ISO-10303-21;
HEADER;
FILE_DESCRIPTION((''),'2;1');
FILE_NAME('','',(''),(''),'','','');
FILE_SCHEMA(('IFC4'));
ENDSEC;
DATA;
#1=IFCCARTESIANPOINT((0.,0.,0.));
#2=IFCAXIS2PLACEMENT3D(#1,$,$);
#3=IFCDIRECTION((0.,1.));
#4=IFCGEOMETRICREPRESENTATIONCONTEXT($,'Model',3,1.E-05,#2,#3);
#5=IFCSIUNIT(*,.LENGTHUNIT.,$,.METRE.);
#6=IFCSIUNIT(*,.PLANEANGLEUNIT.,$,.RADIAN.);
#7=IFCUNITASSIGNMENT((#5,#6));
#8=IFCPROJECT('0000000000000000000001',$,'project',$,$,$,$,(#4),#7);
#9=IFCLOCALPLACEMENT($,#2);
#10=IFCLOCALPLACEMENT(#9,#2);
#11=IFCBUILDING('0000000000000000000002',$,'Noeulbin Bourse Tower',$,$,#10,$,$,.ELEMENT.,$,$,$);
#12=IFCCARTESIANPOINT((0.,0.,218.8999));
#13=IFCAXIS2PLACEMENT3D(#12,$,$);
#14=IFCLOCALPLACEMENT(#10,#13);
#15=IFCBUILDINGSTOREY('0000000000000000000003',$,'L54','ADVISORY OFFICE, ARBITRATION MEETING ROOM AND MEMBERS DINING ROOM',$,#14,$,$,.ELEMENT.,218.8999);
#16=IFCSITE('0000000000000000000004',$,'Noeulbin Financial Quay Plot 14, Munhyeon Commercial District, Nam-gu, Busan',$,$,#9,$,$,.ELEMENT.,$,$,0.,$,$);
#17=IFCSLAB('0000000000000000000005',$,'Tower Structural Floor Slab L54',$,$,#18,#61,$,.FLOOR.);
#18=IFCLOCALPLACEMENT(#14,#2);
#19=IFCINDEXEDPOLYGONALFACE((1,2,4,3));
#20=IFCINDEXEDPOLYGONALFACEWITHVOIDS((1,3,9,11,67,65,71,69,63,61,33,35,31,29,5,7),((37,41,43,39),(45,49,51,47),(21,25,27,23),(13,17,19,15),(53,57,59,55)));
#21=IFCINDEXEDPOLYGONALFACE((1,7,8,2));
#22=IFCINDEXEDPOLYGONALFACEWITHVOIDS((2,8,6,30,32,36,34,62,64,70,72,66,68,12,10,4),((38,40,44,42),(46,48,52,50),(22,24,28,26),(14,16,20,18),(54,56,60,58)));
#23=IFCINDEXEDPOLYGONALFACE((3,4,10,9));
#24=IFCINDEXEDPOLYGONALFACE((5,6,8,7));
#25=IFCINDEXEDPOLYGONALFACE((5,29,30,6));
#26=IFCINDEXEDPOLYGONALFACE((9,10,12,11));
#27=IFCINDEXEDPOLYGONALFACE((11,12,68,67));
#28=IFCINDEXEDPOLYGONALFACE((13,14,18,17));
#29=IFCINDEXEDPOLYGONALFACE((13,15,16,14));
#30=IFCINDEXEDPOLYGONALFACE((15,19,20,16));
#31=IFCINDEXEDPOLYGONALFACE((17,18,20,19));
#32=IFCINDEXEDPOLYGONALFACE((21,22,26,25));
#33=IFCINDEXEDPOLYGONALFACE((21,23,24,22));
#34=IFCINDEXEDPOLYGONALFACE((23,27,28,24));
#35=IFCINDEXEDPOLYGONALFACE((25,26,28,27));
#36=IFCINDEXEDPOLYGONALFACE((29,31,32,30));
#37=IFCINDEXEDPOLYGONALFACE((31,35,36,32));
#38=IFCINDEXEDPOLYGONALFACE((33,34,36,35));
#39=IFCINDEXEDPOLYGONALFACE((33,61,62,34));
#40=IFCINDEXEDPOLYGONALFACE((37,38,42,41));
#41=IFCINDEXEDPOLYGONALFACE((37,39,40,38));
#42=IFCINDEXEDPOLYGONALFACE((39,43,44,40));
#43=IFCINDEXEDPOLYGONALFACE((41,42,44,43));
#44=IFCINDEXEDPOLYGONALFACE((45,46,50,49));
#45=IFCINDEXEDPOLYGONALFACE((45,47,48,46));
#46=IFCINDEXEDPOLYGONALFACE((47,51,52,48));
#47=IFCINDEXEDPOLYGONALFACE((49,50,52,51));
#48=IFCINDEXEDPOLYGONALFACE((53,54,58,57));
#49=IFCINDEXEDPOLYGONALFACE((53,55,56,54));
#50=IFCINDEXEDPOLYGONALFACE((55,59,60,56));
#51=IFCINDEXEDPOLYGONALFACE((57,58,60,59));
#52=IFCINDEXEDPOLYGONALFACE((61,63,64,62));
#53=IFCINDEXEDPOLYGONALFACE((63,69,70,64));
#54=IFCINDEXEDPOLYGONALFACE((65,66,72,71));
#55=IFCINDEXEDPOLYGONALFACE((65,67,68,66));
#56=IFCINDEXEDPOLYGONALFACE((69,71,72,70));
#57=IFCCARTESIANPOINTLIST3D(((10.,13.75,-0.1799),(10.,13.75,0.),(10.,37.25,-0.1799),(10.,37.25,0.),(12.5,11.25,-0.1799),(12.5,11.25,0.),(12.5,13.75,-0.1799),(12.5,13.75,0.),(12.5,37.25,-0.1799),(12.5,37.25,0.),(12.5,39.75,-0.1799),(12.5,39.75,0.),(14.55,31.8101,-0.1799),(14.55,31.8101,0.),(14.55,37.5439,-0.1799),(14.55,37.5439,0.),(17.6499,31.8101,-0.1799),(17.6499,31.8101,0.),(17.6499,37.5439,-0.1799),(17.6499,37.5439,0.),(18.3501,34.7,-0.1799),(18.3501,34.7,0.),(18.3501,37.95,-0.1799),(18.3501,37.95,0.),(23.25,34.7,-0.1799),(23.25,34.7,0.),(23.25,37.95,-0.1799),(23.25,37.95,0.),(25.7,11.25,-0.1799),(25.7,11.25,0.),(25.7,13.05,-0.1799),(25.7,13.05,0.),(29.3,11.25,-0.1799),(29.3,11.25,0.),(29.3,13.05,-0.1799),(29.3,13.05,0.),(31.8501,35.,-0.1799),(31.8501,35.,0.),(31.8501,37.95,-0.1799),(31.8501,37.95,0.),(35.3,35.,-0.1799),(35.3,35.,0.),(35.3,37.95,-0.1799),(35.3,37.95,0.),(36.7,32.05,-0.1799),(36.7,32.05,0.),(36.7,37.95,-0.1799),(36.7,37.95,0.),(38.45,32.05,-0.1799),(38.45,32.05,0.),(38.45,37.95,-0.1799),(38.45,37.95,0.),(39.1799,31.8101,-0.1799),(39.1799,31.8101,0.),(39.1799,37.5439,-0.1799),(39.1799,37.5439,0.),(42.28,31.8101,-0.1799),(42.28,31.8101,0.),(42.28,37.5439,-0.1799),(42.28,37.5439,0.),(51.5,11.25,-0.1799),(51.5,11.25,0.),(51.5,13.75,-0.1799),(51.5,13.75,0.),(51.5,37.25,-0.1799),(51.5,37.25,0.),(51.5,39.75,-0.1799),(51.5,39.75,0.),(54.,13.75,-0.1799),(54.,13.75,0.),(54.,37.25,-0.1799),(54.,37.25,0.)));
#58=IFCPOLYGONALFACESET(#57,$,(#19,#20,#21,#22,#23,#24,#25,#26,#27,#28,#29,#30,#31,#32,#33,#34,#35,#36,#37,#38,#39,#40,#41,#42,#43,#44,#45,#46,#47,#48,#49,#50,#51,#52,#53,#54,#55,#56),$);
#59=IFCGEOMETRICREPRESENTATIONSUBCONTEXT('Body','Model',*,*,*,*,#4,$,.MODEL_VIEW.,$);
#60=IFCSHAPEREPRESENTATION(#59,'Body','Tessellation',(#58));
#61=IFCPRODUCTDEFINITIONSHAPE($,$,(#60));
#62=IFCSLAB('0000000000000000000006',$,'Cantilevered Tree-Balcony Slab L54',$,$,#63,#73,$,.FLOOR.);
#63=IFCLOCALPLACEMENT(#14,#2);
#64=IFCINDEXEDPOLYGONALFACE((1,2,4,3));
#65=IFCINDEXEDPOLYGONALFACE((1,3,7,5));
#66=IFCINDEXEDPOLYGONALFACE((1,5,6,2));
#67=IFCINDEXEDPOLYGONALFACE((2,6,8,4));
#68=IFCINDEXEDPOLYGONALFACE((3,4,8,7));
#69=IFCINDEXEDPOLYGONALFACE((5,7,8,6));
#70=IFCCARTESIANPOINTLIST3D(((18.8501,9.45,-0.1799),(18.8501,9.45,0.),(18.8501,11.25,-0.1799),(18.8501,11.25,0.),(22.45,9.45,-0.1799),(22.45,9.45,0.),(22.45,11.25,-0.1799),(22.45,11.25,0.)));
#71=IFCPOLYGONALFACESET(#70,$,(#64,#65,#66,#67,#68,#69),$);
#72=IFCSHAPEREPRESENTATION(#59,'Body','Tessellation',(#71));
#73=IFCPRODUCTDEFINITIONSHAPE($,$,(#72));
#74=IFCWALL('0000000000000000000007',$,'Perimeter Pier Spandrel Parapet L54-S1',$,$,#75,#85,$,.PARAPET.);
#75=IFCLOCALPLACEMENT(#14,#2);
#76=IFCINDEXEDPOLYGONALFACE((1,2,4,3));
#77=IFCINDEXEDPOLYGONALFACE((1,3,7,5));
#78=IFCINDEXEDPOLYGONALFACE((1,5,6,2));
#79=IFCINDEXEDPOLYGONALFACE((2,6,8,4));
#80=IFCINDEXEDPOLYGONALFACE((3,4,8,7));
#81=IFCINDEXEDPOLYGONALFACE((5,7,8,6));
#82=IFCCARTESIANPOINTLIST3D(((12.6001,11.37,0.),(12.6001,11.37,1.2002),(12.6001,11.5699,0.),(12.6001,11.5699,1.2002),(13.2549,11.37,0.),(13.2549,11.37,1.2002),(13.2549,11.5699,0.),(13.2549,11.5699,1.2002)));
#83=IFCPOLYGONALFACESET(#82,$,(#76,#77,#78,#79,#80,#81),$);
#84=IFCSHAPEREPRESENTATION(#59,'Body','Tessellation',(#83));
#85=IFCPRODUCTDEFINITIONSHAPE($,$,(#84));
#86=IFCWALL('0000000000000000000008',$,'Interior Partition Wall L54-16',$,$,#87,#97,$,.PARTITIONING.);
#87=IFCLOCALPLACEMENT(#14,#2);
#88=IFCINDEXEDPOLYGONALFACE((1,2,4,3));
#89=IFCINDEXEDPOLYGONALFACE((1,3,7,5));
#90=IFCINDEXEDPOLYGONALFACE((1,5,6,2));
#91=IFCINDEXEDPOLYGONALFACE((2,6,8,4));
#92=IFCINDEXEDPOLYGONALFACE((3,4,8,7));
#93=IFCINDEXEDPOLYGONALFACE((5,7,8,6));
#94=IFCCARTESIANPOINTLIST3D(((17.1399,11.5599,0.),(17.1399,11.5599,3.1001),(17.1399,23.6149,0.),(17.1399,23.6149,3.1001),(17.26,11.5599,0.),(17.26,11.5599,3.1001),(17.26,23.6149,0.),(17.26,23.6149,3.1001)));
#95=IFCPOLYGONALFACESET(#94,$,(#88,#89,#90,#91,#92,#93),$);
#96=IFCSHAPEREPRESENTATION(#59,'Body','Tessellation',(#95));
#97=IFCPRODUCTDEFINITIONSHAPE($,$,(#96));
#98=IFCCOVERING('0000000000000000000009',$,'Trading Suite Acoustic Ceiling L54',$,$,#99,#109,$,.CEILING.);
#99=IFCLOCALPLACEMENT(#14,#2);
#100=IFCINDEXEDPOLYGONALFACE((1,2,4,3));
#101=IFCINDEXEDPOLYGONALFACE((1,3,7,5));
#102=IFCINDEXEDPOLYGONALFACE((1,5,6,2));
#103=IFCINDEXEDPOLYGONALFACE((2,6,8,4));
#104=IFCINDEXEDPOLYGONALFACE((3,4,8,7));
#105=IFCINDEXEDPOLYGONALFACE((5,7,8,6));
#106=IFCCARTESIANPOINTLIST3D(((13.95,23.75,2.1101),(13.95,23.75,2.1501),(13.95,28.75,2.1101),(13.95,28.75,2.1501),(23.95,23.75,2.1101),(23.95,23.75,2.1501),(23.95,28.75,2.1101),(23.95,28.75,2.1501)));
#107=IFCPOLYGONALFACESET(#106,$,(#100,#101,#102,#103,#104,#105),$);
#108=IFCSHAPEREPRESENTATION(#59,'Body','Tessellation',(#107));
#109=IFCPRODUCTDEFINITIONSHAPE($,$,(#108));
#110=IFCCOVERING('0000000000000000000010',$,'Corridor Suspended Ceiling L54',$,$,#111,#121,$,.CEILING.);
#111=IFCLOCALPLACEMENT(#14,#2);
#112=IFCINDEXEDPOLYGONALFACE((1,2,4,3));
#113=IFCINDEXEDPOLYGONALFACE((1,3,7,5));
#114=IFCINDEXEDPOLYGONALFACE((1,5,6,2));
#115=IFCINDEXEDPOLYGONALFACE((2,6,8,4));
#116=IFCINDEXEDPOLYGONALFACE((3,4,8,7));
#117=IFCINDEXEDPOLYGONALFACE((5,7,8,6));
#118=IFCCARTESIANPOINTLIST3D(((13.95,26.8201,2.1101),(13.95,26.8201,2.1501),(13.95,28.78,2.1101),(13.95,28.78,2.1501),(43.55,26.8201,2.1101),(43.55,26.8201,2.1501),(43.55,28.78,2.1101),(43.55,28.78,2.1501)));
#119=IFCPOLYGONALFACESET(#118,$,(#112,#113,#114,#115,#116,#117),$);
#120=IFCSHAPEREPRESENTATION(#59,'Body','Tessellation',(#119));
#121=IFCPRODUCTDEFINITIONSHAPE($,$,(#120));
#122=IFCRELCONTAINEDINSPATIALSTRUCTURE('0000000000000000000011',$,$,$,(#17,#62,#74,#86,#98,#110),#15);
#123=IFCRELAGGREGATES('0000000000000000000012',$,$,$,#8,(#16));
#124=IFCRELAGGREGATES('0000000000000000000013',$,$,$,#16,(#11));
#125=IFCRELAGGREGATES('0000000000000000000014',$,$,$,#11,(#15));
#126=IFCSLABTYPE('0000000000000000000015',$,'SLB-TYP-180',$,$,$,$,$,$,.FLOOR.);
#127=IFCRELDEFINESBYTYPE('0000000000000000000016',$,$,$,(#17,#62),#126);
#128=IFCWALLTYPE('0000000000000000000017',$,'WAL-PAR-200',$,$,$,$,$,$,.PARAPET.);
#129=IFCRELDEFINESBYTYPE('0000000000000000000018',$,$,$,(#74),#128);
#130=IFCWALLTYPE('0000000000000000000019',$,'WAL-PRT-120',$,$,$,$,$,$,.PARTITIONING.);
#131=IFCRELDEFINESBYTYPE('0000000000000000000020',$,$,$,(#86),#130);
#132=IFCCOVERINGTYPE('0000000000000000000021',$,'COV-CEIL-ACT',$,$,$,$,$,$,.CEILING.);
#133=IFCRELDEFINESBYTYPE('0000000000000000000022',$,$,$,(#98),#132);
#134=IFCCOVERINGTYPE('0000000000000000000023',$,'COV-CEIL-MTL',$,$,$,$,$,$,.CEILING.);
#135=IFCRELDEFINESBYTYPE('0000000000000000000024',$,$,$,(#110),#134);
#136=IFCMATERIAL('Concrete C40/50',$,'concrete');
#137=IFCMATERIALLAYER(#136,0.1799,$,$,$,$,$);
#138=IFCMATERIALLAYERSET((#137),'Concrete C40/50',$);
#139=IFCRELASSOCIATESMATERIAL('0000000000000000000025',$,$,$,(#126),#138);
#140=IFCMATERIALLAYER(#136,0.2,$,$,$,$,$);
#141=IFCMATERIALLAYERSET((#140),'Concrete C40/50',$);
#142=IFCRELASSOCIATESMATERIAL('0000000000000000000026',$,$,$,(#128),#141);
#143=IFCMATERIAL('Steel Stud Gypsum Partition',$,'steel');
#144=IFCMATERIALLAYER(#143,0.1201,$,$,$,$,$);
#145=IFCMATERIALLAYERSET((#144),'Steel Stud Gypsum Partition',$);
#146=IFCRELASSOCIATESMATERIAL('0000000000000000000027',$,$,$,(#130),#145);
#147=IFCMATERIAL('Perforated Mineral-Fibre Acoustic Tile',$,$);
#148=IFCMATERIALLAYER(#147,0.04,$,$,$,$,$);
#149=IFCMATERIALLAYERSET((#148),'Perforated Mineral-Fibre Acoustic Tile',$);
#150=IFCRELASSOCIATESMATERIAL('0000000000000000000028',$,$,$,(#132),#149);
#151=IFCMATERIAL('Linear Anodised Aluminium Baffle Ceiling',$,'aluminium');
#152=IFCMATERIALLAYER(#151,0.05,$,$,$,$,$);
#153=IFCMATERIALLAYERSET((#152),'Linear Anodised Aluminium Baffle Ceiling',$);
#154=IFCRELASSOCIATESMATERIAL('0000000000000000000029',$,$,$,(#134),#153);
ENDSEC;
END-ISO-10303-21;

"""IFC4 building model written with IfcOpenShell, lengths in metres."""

from ifc_helpers import new_model, si_unit, direction, frame, frame_2d, origin, place, context, subcontext, project, spatial, polyline, rectangle, outline, extrude, material, layer, layer_set, type_object, element, save


model = new_model("IFC4")

# Units and contexts
model_context = context("Model", 3, precision=1e-05, world=origin(), true_north=direction((0.0, 1.0)))
body_context = subcontext(model_context, "Body", "Model", "MODEL_VIEW")
ifc_project = project(units=[si_unit("LENGTHUNIT", "METRE"), si_unit("PLANEANGLEUNIT", "RADIAN")], contexts=[model_context])

# Site, building, storey
site_placement = place(None, origin())
site = spatial("IfcSite", under=ifc_project, at=site_placement, Name="Noeulbin Financial Quay Plot 14, Munhyeon Commercial District, Nam-gu, Busan", CompositionType="ELEMENT", RefElevation=0.0)
building_placement = place(site_placement, origin())
building = spatial("IfcBuilding", under=site, at=building_placement, Name="Noeulbin Bourse Tower", CompositionType="ELEMENT")
storey_placement = place(building_placement, frame((0.0, 0.0, 218.8999)))
storey = spatial("IfcBuildingStorey", under=building, at=storey_placement, Name="L54", Description="ADVISORY OFFICE, ARBITRATION MEETING ROOM AND MEMBERS DINING ROOM", CompositionType="ELEMENT", Elevation=218.8999)

# Shared definitions
ifc_material_1 = material(Name="Concrete C40/50", Category="concrete")

# Slab, openings
ifc_layer_1 = layer(ifc_material_1, 0.1799)
ifc_layer_set_1 = layer_set([ifc_layer_1], Name="Concrete C40/50")
slab_type_1 = type_object("IfcSlabType", Name="SLB-TYP-180", PredefinedType="FLOOR", material=ifc_layer_set_1)
slab_1_placement = place(storey_placement, frame((0.0, 0.0, -0.1799)))
slab_1 = element("IfcSlab", 1, at=slab_1_placement, inside=storey, type_object=slab_type_1, Name="Tower Structural Floor Slab L54", PredefinedType="FLOOR", context=body_context, shape_type="SweptSolid", body=[
    extrude(outline(polyline([(12.5, 11.25), (25.7, 11.25), (25.7, 13.05), (29.3, 13.05), (29.3, 11.25), (51.5, 11.25), (51.5, 13.75), (54.0, 13.75), (54.0, 37.25), (51.5, 37.25), (51.5, 39.75), (12.5, 39.75), (12.5, 37.25), (10.0, 37.25), (10.0, 13.75), (12.5, 13.75), (12.5, 11.25)]), holes=[polyline([(17.6499, 31.8101), (17.6499, 37.5439), (14.55, 37.5439), (14.55, 31.8101), (17.6499, 31.8101)]), polyline([(42.28, 31.8101), (42.28, 37.5439), (39.1799, 37.5439), (39.1799, 31.8101), (42.28, 31.8101)]), polyline([(18.3501, 34.7), (23.25, 34.7), (23.25, 37.95), (18.3501, 37.95), (18.3501, 34.7)]), polyline([(36.7, 32.05), (38.45, 32.05), (38.45, 37.95), (36.7, 37.95), (36.7, 32.05)]), polyline([(31.8501, 35.0), (35.3, 35.0), (35.3, 37.95), (31.8501, 37.95), (31.8501, 35.0)])]), origin(), (0.0, 0.0, 1.0), 0.1799),
])
opening_1_placement = place(slab_1_placement, frame((0.0, 0.0, -0.01)))
element("IfcOpeningElement", 2, at=opening_1_placement, cuts=slab_1, PredefinedType="OPENING", context=body_context, shape_type="SweptSolid", body=[
    extrude(outline(polyline([(17.6499, 31.8101), (17.6499, 37.5439), (14.55, 37.5439), (14.55, 31.8101), (17.6499, 31.8101)])), origin(), (0.0, 0.0, 1.0), 0.2),
])
opening_2_placement = place(slab_1_placement, frame((0.0, 0.0, -0.01)))
element("IfcOpeningElement", 3, at=opening_2_placement, cuts=slab_1, PredefinedType="OPENING", context=body_context, shape_type="SweptSolid", body=[
    extrude(outline(polyline([(42.28, 31.8101), (42.28, 37.5439), (39.1799, 37.5439), (39.1799, 31.8101), (42.28, 31.8101)])), origin(), (0.0, 0.0, 1.0), 0.2),
])
opening_3_placement = place(slab_1_placement, frame((0.0, 0.0, -0.01)))
element("IfcOpeningElement", 4, at=opening_3_placement, cuts=slab_1, PredefinedType="OPENING", context=body_context, shape_type="SweptSolid", body=[
    extrude(outline(polyline([(18.3501, 34.7), (23.25, 34.7), (23.25, 37.95), (18.3501, 37.95), (18.3501, 34.7)])), origin(), (0.0, 0.0, 1.0), 0.2),
])
opening_4_placement = place(slab_1_placement, frame((0.0, 0.0, -0.01)))
element("IfcOpeningElement", 5, at=opening_4_placement, cuts=slab_1, PredefinedType="OPENING", context=body_context, shape_type="SweptSolid", body=[
    extrude(outline(polyline([(36.7, 32.05), (38.45, 32.05), (38.45, 37.95), (36.7, 37.95), (36.7, 32.05)])), origin(), (0.0, 0.0, 1.0), 0.2),
])
opening_5_placement = place(slab_1_placement, frame((0.0, 0.0, -0.01)))
element("IfcOpeningElement", 6, at=opening_5_placement, cuts=slab_1, PredefinedType="OPENING", context=body_context, shape_type="SweptSolid", body=[
    extrude(outline(polyline([(31.8501, 35.0), (35.3, 35.0), (35.3, 37.95), (31.8501, 37.95), (31.8501, 35.0)])), origin(), (0.0, 0.0, 1.0), 0.2),
])

# Slab
slab_2_placement = place(storey_placement, frame((0.0, 0.0, -0.1799)))
element("IfcSlab", 7, at=slab_2_placement, inside=storey, type_object=slab_type_1, Name="Cantilevered Tree-Balcony Slab L54", PredefinedType="FLOOR", context=body_context, shape_type="SweptSolid", body=[
    extrude(outline(polyline([(18.8501, 9.45), (22.45, 9.45), (22.45, 11.25), (18.8501, 11.25), (18.8501, 9.45)])), origin(), (0.0, 0.0, 1.0), 0.1799),
])

# Walls
ifc_layer_2 = layer(ifc_material_1, 0.2)
ifc_layer_set_2 = layer_set([ifc_layer_2], Name="Concrete C40/50")
wall_type_1 = type_object("IfcWallType", Name="WAL-PAR-200", PredefinedType="PARAPET", material=ifc_layer_set_2)
wall_1_placement = place(storey_placement, frame((12.6001, 11.47, 0.0), z_axis=(0.0, 0.0, 1.0), x_axis=(1.0, 0.0, 0.0)))
element("IfcWall", 8, at=wall_1_placement, inside=storey, type_object=wall_type_1, Name="Perimeter Pier Spandrel Parapet L54-S1", PredefinedType="PARAPET", context=body_context, shape_type="SweptSolid", body=[
    extrude(rectangle(XDim=0.6548, YDim=0.2, at=frame_2d((0.3274, 0.0))), origin(), (0.0, 0.0, 1.0), 1.2002),
])
ifc_material_2 = material(Name="Steel Stud Gypsum Partition", Category="steel")
ifc_layer_3 = layer(ifc_material_2, 0.1201)
ifc_layer_set_3 = layer_set([ifc_layer_3], Name="Steel Stud Gypsum Partition")
wall_type_2 = type_object("IfcWallType", Name="WAL-PRT-120", PredefinedType="PARTITIONING", material=ifc_layer_set_3)
wall_2_placement = place(storey_placement, frame((17.2, 11.5601, 0.0), z_axis=(0.0, 0.0, 1.0), x_axis=(0.0, 1.0, 0.0)))
element("IfcWall", 9, at=wall_2_placement, inside=storey, type_object=wall_type_2, Name="Interior Partition Wall L54-16", PredefinedType="PARTITIONING", context=body_context, shape_type="SweptSolid", body=[
    extrude(rectangle(XDim=12.0549, YDim=0.1201, at=frame_2d((6.0273, 0.0))), origin(), (0.0, 0.0, 1.0), 3.1001),
])

# Coverings
ifc_material_3 = material(Name="Perforated Mineral-Fibre Acoustic Tile")
ifc_layer_4 = layer(ifc_material_3, 0.04)
ifc_layer_set_4 = layer_set([ifc_layer_4], Name="Perforated Mineral-Fibre Acoustic Tile")
covering_type_1 = type_object("IfcCoveringType", Name="COV-CEIL-ACT", PredefinedType="CEILING", material=ifc_layer_set_4)
covering_1_placement = place(storey_placement, frame((0.0, 0.0, 2.1101)))
element("IfcCovering", 10, at=covering_1_placement, inside=storey, type_object=covering_type_1, Name="Trading Suite Acoustic Ceiling L54", PredefinedType="CEILING", context=body_context, shape_type="SweptSolid", body=[
    extrude(outline(polyline([(13.95, 23.75), (23.95, 23.75), (23.95, 28.75), (13.95, 28.75), (13.95, 23.75)])), origin(), (0.0, 0.0, 1.0), 0.04),
])
ifc_material_4 = material(Name="Linear Anodised Aluminium Baffle Ceiling", Category="aluminium")
ifc_layer_5 = layer(ifc_material_4, 0.05)
ifc_layer_set_5 = layer_set([ifc_layer_5], Name="Linear Anodised Aluminium Baffle Ceiling")
covering_type_2 = type_object("IfcCoveringType", Name="COV-CEIL-MTL", PredefinedType="CEILING", material=ifc_layer_set_5)
covering_2_placement = place(storey_placement, frame((0.0, 0.0, 2.1101)))
element("IfcCovering", 11, at=covering_2_placement, inside=storey, type_object=covering_type_2, Name="Corridor Suspended Ceiling L54", PredefinedType="CEILING", context=body_context, shape_type="SweptSolid", body=[
    extrude(outline(polyline([(13.95, 26.8201), (43.55, 26.8201), (43.55, 28.78), (13.95, 28.78), (13.95, 26.8201)])), origin(), (0.0, 0.0, 1.0), 0.04),
])

save(model, "model.ifc")
